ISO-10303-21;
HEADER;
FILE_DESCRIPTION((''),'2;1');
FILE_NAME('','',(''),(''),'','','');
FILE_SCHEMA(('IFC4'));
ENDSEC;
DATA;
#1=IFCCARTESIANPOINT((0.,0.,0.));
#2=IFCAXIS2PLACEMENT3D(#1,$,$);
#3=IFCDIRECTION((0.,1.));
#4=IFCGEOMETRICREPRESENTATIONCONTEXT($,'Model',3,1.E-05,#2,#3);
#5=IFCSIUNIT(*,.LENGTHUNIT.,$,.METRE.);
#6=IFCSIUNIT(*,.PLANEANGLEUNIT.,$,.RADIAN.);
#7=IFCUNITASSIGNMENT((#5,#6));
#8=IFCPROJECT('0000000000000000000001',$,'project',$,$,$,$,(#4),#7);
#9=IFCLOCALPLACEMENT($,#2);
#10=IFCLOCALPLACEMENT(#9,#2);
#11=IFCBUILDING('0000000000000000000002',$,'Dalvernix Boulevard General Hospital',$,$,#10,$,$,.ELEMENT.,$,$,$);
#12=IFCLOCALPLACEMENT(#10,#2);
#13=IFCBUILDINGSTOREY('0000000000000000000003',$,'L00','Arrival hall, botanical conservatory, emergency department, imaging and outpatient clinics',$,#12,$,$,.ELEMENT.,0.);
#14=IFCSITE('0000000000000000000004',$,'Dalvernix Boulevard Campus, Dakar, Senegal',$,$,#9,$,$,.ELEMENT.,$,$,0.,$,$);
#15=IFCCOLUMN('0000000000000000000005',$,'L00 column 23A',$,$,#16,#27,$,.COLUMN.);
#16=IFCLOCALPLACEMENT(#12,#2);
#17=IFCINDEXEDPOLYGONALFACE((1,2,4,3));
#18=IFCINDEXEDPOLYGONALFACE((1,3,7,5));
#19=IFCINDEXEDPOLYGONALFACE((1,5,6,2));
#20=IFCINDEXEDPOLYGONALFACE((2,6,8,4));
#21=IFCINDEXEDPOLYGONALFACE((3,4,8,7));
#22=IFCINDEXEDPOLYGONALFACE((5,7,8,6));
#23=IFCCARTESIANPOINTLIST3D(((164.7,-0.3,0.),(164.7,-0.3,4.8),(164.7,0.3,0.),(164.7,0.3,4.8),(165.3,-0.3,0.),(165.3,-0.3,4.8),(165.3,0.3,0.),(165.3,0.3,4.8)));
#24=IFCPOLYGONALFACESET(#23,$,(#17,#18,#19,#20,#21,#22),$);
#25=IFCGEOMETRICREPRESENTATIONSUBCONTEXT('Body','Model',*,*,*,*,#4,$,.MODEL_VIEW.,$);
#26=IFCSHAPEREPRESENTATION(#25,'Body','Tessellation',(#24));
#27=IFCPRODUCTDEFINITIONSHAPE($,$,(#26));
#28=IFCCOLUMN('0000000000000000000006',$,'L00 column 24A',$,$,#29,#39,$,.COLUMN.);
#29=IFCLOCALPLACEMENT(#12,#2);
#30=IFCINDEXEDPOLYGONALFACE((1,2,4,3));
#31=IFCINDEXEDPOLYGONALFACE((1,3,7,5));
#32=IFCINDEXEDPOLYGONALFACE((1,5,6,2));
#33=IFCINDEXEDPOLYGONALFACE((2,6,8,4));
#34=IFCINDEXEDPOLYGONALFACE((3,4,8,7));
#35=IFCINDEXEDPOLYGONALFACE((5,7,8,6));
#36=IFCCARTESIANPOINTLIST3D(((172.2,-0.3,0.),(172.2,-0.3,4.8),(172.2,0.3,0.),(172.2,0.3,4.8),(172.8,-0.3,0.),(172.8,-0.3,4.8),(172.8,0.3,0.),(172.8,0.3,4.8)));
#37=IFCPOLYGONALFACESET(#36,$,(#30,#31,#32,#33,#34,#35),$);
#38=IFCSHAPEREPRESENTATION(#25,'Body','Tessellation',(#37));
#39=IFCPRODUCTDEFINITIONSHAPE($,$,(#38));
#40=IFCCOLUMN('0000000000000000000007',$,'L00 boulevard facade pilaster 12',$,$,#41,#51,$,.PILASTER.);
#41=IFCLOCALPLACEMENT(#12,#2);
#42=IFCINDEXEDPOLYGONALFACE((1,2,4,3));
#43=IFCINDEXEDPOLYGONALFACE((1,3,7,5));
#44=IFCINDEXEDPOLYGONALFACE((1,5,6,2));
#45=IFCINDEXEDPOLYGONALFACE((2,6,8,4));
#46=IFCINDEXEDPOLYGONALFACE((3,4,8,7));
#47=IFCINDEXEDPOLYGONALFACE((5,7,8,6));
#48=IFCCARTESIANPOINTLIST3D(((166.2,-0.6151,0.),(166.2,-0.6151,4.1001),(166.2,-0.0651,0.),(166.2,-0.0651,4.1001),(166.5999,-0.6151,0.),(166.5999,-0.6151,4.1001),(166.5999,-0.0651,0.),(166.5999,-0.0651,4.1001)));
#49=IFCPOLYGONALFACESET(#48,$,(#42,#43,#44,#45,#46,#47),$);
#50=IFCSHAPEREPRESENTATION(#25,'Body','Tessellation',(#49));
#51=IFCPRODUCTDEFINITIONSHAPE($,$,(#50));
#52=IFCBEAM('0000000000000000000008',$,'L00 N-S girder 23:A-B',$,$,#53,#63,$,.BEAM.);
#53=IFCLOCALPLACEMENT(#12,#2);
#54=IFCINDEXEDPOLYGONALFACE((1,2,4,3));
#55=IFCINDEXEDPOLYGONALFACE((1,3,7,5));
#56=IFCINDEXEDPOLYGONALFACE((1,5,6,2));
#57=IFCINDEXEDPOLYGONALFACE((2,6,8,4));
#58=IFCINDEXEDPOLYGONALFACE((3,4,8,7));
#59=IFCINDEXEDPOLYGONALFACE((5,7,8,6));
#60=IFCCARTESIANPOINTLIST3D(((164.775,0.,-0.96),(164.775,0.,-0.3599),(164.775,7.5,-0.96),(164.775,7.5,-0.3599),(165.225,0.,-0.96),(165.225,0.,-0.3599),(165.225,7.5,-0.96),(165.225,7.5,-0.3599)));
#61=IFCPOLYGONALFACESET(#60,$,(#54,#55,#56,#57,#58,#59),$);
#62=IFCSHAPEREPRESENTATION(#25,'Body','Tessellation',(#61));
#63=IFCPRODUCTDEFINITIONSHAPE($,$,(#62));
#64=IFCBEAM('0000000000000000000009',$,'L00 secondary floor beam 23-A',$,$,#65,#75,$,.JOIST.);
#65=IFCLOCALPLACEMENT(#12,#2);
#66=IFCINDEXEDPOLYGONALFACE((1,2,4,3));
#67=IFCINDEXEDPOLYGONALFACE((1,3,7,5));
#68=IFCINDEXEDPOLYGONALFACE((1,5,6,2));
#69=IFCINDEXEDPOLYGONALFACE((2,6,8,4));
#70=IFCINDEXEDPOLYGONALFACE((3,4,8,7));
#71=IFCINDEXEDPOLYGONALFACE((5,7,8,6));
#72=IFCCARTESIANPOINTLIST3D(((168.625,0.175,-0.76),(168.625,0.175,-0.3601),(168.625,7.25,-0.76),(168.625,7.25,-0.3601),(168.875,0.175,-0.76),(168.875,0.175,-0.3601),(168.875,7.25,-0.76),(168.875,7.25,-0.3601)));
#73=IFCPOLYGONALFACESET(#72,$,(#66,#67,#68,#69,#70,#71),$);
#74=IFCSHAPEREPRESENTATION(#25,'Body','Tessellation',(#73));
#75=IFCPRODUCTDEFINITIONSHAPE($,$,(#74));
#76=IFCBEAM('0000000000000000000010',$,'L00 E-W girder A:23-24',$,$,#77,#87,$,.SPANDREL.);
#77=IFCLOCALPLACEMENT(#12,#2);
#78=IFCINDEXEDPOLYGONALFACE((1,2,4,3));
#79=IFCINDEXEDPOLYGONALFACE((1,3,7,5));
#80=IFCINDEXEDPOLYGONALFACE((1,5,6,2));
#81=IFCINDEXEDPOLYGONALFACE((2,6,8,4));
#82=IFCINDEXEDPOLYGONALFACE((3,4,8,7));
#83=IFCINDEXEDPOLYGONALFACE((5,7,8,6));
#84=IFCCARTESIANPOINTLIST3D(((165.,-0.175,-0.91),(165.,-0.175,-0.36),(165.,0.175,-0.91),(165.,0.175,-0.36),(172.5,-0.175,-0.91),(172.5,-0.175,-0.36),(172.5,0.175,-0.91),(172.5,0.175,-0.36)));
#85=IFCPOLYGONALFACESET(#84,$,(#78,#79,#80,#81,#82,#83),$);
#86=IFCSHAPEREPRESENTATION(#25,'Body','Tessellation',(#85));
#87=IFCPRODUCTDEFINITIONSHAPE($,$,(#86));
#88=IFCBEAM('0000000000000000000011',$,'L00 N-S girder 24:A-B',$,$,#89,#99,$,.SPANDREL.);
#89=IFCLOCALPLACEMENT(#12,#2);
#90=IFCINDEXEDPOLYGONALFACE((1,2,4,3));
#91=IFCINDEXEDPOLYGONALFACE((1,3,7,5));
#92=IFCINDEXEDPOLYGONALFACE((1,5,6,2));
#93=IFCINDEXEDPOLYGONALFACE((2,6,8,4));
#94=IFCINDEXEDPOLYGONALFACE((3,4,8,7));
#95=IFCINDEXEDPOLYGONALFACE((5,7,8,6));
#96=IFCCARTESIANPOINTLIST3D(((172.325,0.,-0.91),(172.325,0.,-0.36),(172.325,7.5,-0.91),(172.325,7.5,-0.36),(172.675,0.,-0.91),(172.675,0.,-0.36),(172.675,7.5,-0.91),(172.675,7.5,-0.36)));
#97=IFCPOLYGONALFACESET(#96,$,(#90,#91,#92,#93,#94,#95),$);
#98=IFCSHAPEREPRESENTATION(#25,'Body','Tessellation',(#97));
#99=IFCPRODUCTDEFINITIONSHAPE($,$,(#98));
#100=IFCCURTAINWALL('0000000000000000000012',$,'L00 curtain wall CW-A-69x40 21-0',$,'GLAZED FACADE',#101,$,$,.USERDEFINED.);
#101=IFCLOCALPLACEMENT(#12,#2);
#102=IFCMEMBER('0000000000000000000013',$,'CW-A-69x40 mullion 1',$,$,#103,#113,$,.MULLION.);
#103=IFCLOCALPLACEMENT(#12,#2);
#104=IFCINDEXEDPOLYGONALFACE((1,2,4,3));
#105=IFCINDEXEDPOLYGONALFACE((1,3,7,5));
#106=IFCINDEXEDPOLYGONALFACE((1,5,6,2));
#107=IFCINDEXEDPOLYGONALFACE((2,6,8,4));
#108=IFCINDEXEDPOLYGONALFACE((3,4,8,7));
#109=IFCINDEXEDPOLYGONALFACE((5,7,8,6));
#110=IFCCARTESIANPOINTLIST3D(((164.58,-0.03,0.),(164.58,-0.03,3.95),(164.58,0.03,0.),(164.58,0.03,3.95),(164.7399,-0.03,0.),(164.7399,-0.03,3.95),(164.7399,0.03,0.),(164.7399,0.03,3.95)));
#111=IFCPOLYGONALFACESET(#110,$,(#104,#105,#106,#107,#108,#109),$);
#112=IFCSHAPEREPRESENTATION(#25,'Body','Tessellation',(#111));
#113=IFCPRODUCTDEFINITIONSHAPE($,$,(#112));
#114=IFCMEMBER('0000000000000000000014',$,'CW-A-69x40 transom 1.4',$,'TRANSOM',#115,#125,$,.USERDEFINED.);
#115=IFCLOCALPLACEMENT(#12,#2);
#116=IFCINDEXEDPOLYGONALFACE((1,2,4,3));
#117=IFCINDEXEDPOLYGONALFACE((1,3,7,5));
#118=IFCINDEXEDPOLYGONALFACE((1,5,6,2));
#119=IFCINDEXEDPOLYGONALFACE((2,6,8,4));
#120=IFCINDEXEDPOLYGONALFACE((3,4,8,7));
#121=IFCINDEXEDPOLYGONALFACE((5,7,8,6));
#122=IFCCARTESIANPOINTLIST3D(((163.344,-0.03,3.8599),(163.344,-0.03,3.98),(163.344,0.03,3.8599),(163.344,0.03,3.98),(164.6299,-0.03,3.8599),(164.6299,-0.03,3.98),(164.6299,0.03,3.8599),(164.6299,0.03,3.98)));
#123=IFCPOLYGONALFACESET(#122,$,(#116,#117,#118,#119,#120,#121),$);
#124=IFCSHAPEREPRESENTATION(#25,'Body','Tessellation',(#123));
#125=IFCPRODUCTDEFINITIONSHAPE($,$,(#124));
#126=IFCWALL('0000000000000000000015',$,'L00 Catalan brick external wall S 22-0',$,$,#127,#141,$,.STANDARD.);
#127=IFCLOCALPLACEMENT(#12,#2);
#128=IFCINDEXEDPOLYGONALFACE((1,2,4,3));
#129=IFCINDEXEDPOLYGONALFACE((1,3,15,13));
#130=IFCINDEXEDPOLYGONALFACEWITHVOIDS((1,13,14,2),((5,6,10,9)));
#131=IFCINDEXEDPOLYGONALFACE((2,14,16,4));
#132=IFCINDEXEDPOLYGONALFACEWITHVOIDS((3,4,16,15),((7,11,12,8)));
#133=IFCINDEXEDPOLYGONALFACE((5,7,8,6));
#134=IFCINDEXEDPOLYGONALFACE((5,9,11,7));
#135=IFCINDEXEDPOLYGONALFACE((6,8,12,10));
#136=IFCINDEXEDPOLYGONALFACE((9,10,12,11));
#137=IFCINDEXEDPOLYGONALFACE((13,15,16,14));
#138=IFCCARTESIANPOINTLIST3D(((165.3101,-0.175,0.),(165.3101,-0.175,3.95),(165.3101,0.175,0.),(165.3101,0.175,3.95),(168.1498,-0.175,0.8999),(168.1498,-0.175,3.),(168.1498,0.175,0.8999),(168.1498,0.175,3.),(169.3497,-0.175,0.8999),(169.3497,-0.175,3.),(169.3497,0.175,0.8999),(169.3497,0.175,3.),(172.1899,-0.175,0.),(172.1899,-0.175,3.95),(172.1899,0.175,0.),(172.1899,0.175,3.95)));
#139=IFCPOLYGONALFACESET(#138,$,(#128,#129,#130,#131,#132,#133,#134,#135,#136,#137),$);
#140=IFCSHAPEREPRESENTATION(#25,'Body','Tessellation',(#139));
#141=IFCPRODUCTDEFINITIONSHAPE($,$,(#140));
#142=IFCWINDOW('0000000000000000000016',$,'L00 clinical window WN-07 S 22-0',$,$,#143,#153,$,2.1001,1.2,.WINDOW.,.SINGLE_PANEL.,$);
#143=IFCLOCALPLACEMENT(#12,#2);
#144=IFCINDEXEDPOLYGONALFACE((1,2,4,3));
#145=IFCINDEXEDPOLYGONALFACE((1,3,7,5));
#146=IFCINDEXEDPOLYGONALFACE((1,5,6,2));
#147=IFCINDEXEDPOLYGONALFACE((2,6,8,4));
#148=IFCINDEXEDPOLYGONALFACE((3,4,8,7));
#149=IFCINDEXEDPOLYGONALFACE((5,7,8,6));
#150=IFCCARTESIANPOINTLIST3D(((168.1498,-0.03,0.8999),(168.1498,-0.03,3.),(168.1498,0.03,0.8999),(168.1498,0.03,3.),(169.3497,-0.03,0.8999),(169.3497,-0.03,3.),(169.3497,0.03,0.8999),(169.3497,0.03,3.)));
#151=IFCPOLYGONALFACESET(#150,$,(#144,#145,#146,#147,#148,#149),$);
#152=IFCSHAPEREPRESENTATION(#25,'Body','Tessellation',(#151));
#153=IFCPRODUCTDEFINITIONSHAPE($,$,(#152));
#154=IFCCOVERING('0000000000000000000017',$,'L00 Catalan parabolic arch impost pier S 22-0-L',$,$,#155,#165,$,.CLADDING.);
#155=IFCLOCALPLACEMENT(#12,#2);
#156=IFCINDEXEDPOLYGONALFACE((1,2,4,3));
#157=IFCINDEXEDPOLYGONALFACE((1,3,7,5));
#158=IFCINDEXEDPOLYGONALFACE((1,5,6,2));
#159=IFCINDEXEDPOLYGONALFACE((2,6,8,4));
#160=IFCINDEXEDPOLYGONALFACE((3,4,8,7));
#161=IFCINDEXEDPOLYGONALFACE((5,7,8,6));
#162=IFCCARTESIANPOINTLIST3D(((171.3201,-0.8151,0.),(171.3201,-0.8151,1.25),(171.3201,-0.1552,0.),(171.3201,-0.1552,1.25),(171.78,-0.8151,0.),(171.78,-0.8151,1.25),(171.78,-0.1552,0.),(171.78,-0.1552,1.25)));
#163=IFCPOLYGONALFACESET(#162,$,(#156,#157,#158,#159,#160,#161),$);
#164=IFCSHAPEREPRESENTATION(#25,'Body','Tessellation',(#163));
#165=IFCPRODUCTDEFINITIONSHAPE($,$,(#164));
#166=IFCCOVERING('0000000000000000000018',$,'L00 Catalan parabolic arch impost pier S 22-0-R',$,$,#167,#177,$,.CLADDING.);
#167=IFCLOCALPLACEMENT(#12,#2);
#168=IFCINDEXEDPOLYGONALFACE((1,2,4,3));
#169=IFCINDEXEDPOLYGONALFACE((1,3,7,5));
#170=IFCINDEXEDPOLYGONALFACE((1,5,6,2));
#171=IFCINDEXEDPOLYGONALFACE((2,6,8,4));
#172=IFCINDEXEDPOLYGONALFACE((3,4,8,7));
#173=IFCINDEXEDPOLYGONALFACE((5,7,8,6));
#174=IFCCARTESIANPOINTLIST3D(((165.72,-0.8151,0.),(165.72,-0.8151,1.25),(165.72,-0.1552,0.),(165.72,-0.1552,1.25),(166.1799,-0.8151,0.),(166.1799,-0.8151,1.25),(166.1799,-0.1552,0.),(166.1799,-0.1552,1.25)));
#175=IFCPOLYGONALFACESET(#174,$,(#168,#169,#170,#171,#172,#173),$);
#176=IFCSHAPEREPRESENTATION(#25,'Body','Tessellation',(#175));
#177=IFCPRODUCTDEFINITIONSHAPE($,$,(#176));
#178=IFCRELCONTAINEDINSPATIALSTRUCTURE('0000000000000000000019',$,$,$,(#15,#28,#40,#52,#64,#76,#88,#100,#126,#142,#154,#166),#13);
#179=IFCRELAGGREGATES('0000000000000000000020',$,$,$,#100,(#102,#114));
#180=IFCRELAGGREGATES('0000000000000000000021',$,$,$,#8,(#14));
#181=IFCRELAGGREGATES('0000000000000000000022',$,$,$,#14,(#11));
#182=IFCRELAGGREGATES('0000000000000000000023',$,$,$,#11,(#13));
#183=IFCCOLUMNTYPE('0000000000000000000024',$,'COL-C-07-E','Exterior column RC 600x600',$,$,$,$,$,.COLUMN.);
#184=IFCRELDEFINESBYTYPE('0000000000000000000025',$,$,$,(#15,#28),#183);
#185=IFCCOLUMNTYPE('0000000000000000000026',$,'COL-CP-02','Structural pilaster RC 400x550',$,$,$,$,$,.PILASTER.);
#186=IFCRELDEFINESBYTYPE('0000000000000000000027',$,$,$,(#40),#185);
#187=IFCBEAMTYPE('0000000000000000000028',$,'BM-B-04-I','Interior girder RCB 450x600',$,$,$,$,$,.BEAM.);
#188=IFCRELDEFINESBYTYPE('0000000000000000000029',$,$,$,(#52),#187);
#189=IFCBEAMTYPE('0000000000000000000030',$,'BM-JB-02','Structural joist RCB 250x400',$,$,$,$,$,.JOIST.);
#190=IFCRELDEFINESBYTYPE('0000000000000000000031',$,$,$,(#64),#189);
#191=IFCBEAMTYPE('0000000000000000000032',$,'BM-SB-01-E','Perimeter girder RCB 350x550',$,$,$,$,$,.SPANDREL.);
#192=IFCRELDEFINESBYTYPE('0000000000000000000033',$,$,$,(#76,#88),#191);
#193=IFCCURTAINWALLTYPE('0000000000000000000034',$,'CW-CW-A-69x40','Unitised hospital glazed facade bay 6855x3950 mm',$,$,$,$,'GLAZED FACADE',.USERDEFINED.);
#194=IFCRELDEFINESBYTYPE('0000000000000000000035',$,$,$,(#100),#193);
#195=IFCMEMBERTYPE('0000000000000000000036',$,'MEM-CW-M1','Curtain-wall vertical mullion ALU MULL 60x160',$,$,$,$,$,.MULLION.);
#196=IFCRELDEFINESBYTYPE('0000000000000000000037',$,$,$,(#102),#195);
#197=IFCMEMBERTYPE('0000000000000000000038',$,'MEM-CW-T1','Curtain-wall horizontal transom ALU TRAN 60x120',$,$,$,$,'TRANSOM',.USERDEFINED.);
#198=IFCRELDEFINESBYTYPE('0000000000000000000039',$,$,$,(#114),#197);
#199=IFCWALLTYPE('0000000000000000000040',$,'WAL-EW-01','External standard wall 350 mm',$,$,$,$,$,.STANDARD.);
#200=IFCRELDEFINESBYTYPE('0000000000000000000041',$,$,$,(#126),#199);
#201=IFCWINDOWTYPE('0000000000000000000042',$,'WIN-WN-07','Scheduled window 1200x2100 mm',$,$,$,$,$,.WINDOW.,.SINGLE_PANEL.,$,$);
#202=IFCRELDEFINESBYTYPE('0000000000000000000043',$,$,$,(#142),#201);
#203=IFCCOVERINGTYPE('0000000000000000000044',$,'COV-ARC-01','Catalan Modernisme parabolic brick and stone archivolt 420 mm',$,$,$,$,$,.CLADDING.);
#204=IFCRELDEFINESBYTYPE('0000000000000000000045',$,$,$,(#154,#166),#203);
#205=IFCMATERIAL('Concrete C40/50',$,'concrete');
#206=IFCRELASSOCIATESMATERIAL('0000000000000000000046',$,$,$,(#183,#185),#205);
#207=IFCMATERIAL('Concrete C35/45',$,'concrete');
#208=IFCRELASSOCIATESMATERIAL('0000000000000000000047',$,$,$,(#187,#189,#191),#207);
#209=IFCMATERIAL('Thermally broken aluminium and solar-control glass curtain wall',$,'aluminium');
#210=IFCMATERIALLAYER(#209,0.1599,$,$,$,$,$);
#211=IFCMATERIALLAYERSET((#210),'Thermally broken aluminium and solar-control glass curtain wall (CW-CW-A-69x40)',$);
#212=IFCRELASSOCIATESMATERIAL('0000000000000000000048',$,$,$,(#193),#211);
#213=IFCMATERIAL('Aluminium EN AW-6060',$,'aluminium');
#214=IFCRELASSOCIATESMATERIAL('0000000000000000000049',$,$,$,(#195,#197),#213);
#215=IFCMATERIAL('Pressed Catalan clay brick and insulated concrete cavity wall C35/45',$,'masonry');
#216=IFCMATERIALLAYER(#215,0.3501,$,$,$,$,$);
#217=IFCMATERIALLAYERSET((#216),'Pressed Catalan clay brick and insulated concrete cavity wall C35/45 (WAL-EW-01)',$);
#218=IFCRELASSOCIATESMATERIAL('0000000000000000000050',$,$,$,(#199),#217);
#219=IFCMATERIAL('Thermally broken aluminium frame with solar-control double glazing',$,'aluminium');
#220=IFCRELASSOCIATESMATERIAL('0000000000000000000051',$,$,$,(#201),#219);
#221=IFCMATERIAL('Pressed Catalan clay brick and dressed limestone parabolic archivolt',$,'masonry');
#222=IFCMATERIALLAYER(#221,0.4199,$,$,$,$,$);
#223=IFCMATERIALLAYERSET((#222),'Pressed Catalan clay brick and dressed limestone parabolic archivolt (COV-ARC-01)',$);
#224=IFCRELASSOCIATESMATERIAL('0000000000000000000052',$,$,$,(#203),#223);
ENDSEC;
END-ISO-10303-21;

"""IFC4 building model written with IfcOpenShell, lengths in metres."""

from ifc_helpers import new_model, si_unit, direction, frame, frame_2d, origin, origin_2d, place, context, subcontext, project, spatial, rectangle, extrude, material, layer, layer_set, material_profile, profile_set, type_object, element, fill, aggregate, save


model = new_model("IFC4")

# Units and contexts
model_context = context("Model", 3, precision=1e-05, world=origin(), true_north=direction((0.0, 1.0)))
body_context = subcontext(model_context, "Body", "Model", "MODEL_VIEW")
ifc_project = project(units=[si_unit("LENGTHUNIT", "METRE"), si_unit("PLANEANGLEUNIT", "RADIAN")], contexts=[model_context])

# Site, building, storey
site_placement = place(None, origin())
site = spatial("IfcSite", under=ifc_project, at=site_placement, Name="Dalvernix Boulevard Campus, Dakar, Senegal", CompositionType="ELEMENT", RefElevation=0.0)
building_placement = place(site_placement, origin())
building = spatial("IfcBuilding", under=site, at=building_placement, Name="Dalvernix Boulevard General Hospital", CompositionType="ELEMENT")
storey_placement = place(building_placement, origin())
storey = spatial("IfcBuildingStorey", under=building, at=storey_placement, Name="L00", Description="Arrival hall, botanical conservatory, emergency department, imaging and outpatient clinics", CompositionType="ELEMENT", Elevation=0.0)

# Columns
ifc_material_1 = material(Name="Concrete C40/50", Category="concrete")
ifc_material_profile_1 = material_profile(ifc_material_1, rectangle(XDim=0.6001, YDim=0.6001, at=origin_2d()), Name="RC 600x600")
ifc_profile_set_1 = profile_set([ifc_material_profile_1], Name="Concrete C40/50")
column_type_1 = type_object("IfcColumnType", Name="COL-C-07-E", Description="Exterior column RC 600x600", PredefinedType="COLUMN", material=ifc_profile_set_1)
for number, where, z_axis, x_axis, name in (
    (1, (165.0, 0.0, 0.0), (0.0, 0.0, 1.0), (1.0, 0.0, 0.0), "L00 column 23A"),
    (2, (172.5, 0.0, 0.0), (0.0, 0.0, 1.0), (1.0, 0.0, 0.0), "L00 column 24A"),
):
    element("IfcColumn", number, at=place(storey_placement, frame(where, z_axis=z_axis, x_axis=x_axis)), inside=storey, type_object=column_type_1, Name=name, PredefinedType="COLUMN", context=body_context, shape_type="SweptSolid", body=[
        extrude(rectangle(XDim=0.6001, YDim=0.6001, at=origin_2d()), origin(), (0.0, 0.0, 1.0), 4.8),
    ])
ifc_material_profile_2 = material_profile(ifc_material_1, rectangle(XDim=0.3999, YDim=0.55, at=origin_2d()), Name="RC 400x550")
ifc_profile_set_2 = profile_set([ifc_material_profile_2], Name="Concrete C40/50")
column_type_2 = type_object("IfcColumnType", Name="COL-CP-02", Description="Structural pilaster RC 400x550", PredefinedType="PILASTER", material=ifc_profile_set_2)
column_placement = place(storey_placement, frame((166.3999, -0.3401, 0.0), z_axis=(0.0, 0.0, 1.0), x_axis=(1.0, 0.0, 0.0)))
element("IfcColumn", 3, at=column_placement, inside=storey, type_object=column_type_2, Name="L00 boulevard facade pilaster 12", PredefinedType="PILASTER", context=body_context, shape_type="SweptSolid", body=[
    extrude(rectangle(XDim=0.3999, YDim=0.55, at=origin_2d()), origin(), (0.0, 0.0, 1.0), 4.1001),
])

# Beams
ifc_material_2 = material(Name="Concrete C35/45", Category="concrete")
ifc_material_profile_3 = material_profile(ifc_material_2, rectangle(XDim=0.45, YDim=0.6001, at=origin_2d()), Name="RCB 450x600")
ifc_profile_set_3 = profile_set([ifc_material_profile_3], Name="Concrete C35/45")
beam_type_1 = type_object("IfcBeamType", Name="BM-B-04-I", Description="Interior girder RCB 450x600", PredefinedType="BEAM", material=ifc_profile_set_3)
beam_1_placement = place(storey_placement, frame((165.0, 0.0, -0.6599), z_axis=(0.0, 1.0, 0.0), x_axis=(-1.0, 0.0, 0.0)))
element("IfcBeam", 4, at=beam_1_placement, inside=storey, type_object=beam_type_1, Name="L00 N-S girder 23:A-B", PredefinedType="BEAM", context=body_context, shape_type="SweptSolid", body=[
    extrude(rectangle(XDim=0.45, YDim=0.6001, at=origin_2d()), origin(), (0.0, 0.0, 1.0), 7.5),
])
ifc_material_profile_4 = material_profile(ifc_material_2, rectangle(XDim=0.25, YDim=0.3999, at=origin_2d()), Name="RCB 250x400")
ifc_profile_set_4 = profile_set([ifc_material_profile_4], Name="Concrete C35/45")
beam_type_2 = type_object("IfcBeamType", Name="BM-JB-02", Description="Structural joist RCB 250x400", PredefinedType="JOIST", material=ifc_profile_set_4)
beam_2_placement = place(storey_placement, frame((168.75, 0.175, -0.5601), z_axis=(0.0, 1.0, 0.0), x_axis=(-1.0, 0.0, 0.0)))
element("IfcBeam", 5, at=beam_2_placement, inside=storey, type_object=beam_type_2, Name="L00 secondary floor beam 23-A", PredefinedType="JOIST", context=body_context, shape_type="SweptSolid", body=[
    extrude(rectangle(XDim=0.25, YDim=0.3999, at=origin_2d()), origin(), (0.0, 0.0, 1.0), 7.075),
])
ifc_material_profile_5 = material_profile(ifc_material_2, rectangle(XDim=0.3501, YDim=0.55, at=origin_2d()), Name="RCB 350x550")
ifc_profile_set_5 = profile_set([ifc_material_profile_5], Name="Concrete C35/45")
beam_type_3 = type_object("IfcBeamType", Name="BM-SB-01-E", Description="Perimeter girder RCB 350x550", PredefinedType="SPANDREL", material=ifc_profile_set_5)
for number, where, z_axis, x_axis, name in (
    (6, (165.0, 0.0, -0.635), (1.0, 0.0, 0.0), (0.0, 1.0, 0.0), "L00 E-W girder A:23-24"),
    (7, (172.5, 0.0, -0.635), (0.0, 1.0, 0.0), (-1.0, 0.0, 0.0), "L00 N-S girder 24:A-B"),
):
    element("IfcBeam", number, at=place(storey_placement, frame(where, z_axis=z_axis, x_axis=x_axis)), inside=storey, type_object=beam_type_3, Name=name, PredefinedType="SPANDREL", context=body_context, shape_type="SweptSolid", body=[
        extrude(rectangle(XDim=0.3501, YDim=0.55, at=origin_2d()), origin(), (0.0, 0.0, 1.0), 7.5),
    ])

# Curtain wall, members
ifc_material_3 = material(Name="Thermally broken aluminium and solar-control glass curtain wall", Category="aluminium")
ifc_layer_1 = layer(ifc_material_3, 0.1599)
ifc_layer_set_1 = layer_set([ifc_layer_1], Name="Thermally broken aluminium and solar-control glass curtain wall (CW-CW-A-69x40)")
curtain_wall_type = type_object("IfcCurtainWallType", Name="CW-CW-A-69x40", Description="Unitised hospital glazed facade bay 6855x3950 mm", ElementType="GLAZED FACADE", PredefinedType="USERDEFINED", material=ifc_layer_set_1)
curtain_wall_placement = place(storey_placement, origin())
curtain_wall = element("IfcCurtainWall", 8, at=curtain_wall_placement, inside=storey, type_object=curtain_wall_type, Name="L00 curtain wall CW-A-69x40 21-0", ObjectType="GLAZED FACADE", PredefinedType="USERDEFINED")
ifc_material_4 = material(Name="Aluminium EN AW-6060", Category="aluminium")
ifc_material_profile_6 = material_profile(ifc_material_4, rectangle(XDim=0.0601, YDim=0.1599, at=origin_2d()), Name="ALU MULL 60x160")
ifc_profile_set_6 = profile_set([ifc_material_profile_6], Name="Aluminium EN AW-6060")
member_type_1 = type_object("IfcMemberType", Name="MEM-CW-M1", Description="Curtain-wall vertical mullion ALU MULL 60x160", PredefinedType="MULLION", material=ifc_profile_set_6)
member_1_placement = place(storey_placement, frame((164.6599, 0.0, 0.0), z_axis=(0.0, 0.0, 1.0), x_axis=(0.0, -1.0, 0.0)))
member_1 = element("IfcMember", 9, at=member_1_placement, type_object=member_type_1, Name="CW-A-69x40 mullion 1", PredefinedType="MULLION", context=body_context, shape_type="SweptSolid", body=[
    extrude(rectangle(XDim=0.0601, YDim=0.1599, at=origin_2d()), origin(), (0.0, 0.0, 1.0), 3.95),
])
ifc_material_profile_7 = material_profile(ifc_material_4, rectangle(XDim=0.0601, YDim=0.1201, at=origin_2d()), Name="ALU TRAN 60x120")
ifc_profile_set_7 = profile_set([ifc_material_profile_7], Name="Aluminium EN AW-6060")
member_type_2 = type_object("IfcMemberType", Name="MEM-CW-T1", Description="Curtain-wall horizontal transom ALU TRAN 60x120", ElementType="TRANSOM", PredefinedType="USERDEFINED", material=ifc_profile_set_7)
member_2_placement = place(storey_placement, frame((164.6299, 0.0, 3.9199), z_axis=(-1.0, 0.0, 0.0), x_axis=(0.0, -1.0, 0.0)))
member_2 = element("IfcMember", 10, at=member_2_placement, type_object=member_type_2, Name="CW-A-69x40 transom 1.4", ObjectType="TRANSOM", PredefinedType="USERDEFINED", context=body_context, shape_type="SweptSolid", body=[
    extrude(rectangle(XDim=0.0601, YDim=0.1201, at=origin_2d()), origin(), (0.0, 0.0, 1.0), 1.2859),
])
aggregate(curtain_wall, [member_1, member_2])

# Wall, opening, window
ifc_material_5 = material(Name="Pressed Catalan clay brick and insulated concrete cavity wall C35/45", Category="masonry")
ifc_layer_2 = layer(ifc_material_5, 0.3501)
ifc_layer_set_2 = layer_set([ifc_layer_2], Name="Pressed Catalan clay brick and insulated concrete cavity wall C35/45 (WAL-EW-01)")
wall_type = type_object("IfcWallType", Name="WAL-EW-01", Description="External standard wall 350 mm", PredefinedType="STANDARD", material=ifc_layer_set_2)
wall_placement = place(storey_placement, frame((172.1899, 0.0, 0.0), z_axis=(0.0, 0.0, 1.0), x_axis=(-1.0, 0.0, 0.0)))
wall = element("IfcWall", 11, at=wall_placement, inside=storey, type_object=wall_type, Name="L00 Catalan brick external wall S 22-0", PredefinedType="STANDARD", context=body_context, shape_type="SweptSolid", body=[
    extrude(rectangle(XDim=6.8799, YDim=0.3501, at=frame_2d((3.4399, 0.0))), origin(), (0.0, 0.0, 1.0), 3.95),
])
opening_placement = place(wall_placement, frame((2.8401, 0.0, 0.8999)))
opening = element("IfcOpeningElement", 12, at=opening_placement, cuts=wall, PredefinedType="OPENING", context=body_context, shape_type="SweptSolid", body=[
    extrude(rectangle(XDim=1.2, YDim=2.1001, at=frame_2d((0.6001, 1.05))), frame((0.0, 0.1851, 0.0), z_axis=(0.0, -1.0, 0.0), x_axis=(1.0, 0.0, 0.0)), (0.0, 0.0, 1.0), 0.3701),
])
ifc_material_6 = material(Name="Thermally broken aluminium frame with solar-control double glazing", Category="aluminium")
window_type = type_object("IfcWindowType", Name="WIN-WN-07", Description="Scheduled window 1200x2100 mm", PartitioningType="SINGLE_PANEL", PredefinedType="WINDOW", material=ifc_material_6)
window_placement = place(opening_placement, origin())
window = element("IfcWindow", 13, at=window_placement, inside=storey, type_object=window_type, Name="L00 clinical window WN-07 S 22-0", OverallHeight=2.1001, OverallWidth=1.2, PartitioningType="SINGLE_PANEL", PredefinedType="WINDOW", context=body_context, shape_type="SweptSolid", body=[
    extrude(rectangle(XDim=1.2, YDim=2.1001, at=frame_2d((0.6001, 1.05))), frame((0.0, 0.03, 0.0), z_axis=(0.0, -1.0, 0.0), x_axis=(1.0, 0.0, 0.0)), (0.0, 0.0, 1.0), 0.0601),
])
fill(opening, window)

# Coverings
ifc_material_7 = material(Name="Pressed Catalan clay brick and dressed limestone parabolic archivolt", Category="masonry")
ifc_layer_3 = layer(ifc_material_7, 0.4199)
ifc_layer_set_3 = layer_set([ifc_layer_3], Name="Pressed Catalan clay brick and dressed limestone parabolic archivolt (COV-ARC-01)")
covering_type_1 = type_object("IfcCoveringType", Name="COV-ARC-01", Description="Catalan Modernisme parabolic brick and stone archivolt 420 mm", PredefinedType="CLADDING", material=ifc_layer_set_3)
for number, where, z_axis, x_axis, name in (
    (14, (171.55, -0.4851, 0.0), (0.0, 0.0, 1.0), (-1.0, 0.0, 0.0), "L00 Catalan parabolic arch impost pier S 22-0-L"),
    (15, (165.95, -0.4851, 0.0), (0.0, 0.0, 1.0), (-1.0, 0.0, 0.0), "L00 Catalan parabolic arch impost pier S 22-0-R"),
):
    element("IfcCovering", number, at=place(storey_placement, frame(where, z_axis=z_axis, x_axis=x_axis)), inside=storey, type_object=covering_type_1, Name=name, PredefinedType="CLADDING", context=body_context, shape_type="SweptSolid", body=[
        extrude(rectangle(XDim=0.46, YDim=0.6599, at=origin_2d()), origin(), (0.0, 0.0, 1.0), 1.25),
    ])

save(model, "model.ifc")
